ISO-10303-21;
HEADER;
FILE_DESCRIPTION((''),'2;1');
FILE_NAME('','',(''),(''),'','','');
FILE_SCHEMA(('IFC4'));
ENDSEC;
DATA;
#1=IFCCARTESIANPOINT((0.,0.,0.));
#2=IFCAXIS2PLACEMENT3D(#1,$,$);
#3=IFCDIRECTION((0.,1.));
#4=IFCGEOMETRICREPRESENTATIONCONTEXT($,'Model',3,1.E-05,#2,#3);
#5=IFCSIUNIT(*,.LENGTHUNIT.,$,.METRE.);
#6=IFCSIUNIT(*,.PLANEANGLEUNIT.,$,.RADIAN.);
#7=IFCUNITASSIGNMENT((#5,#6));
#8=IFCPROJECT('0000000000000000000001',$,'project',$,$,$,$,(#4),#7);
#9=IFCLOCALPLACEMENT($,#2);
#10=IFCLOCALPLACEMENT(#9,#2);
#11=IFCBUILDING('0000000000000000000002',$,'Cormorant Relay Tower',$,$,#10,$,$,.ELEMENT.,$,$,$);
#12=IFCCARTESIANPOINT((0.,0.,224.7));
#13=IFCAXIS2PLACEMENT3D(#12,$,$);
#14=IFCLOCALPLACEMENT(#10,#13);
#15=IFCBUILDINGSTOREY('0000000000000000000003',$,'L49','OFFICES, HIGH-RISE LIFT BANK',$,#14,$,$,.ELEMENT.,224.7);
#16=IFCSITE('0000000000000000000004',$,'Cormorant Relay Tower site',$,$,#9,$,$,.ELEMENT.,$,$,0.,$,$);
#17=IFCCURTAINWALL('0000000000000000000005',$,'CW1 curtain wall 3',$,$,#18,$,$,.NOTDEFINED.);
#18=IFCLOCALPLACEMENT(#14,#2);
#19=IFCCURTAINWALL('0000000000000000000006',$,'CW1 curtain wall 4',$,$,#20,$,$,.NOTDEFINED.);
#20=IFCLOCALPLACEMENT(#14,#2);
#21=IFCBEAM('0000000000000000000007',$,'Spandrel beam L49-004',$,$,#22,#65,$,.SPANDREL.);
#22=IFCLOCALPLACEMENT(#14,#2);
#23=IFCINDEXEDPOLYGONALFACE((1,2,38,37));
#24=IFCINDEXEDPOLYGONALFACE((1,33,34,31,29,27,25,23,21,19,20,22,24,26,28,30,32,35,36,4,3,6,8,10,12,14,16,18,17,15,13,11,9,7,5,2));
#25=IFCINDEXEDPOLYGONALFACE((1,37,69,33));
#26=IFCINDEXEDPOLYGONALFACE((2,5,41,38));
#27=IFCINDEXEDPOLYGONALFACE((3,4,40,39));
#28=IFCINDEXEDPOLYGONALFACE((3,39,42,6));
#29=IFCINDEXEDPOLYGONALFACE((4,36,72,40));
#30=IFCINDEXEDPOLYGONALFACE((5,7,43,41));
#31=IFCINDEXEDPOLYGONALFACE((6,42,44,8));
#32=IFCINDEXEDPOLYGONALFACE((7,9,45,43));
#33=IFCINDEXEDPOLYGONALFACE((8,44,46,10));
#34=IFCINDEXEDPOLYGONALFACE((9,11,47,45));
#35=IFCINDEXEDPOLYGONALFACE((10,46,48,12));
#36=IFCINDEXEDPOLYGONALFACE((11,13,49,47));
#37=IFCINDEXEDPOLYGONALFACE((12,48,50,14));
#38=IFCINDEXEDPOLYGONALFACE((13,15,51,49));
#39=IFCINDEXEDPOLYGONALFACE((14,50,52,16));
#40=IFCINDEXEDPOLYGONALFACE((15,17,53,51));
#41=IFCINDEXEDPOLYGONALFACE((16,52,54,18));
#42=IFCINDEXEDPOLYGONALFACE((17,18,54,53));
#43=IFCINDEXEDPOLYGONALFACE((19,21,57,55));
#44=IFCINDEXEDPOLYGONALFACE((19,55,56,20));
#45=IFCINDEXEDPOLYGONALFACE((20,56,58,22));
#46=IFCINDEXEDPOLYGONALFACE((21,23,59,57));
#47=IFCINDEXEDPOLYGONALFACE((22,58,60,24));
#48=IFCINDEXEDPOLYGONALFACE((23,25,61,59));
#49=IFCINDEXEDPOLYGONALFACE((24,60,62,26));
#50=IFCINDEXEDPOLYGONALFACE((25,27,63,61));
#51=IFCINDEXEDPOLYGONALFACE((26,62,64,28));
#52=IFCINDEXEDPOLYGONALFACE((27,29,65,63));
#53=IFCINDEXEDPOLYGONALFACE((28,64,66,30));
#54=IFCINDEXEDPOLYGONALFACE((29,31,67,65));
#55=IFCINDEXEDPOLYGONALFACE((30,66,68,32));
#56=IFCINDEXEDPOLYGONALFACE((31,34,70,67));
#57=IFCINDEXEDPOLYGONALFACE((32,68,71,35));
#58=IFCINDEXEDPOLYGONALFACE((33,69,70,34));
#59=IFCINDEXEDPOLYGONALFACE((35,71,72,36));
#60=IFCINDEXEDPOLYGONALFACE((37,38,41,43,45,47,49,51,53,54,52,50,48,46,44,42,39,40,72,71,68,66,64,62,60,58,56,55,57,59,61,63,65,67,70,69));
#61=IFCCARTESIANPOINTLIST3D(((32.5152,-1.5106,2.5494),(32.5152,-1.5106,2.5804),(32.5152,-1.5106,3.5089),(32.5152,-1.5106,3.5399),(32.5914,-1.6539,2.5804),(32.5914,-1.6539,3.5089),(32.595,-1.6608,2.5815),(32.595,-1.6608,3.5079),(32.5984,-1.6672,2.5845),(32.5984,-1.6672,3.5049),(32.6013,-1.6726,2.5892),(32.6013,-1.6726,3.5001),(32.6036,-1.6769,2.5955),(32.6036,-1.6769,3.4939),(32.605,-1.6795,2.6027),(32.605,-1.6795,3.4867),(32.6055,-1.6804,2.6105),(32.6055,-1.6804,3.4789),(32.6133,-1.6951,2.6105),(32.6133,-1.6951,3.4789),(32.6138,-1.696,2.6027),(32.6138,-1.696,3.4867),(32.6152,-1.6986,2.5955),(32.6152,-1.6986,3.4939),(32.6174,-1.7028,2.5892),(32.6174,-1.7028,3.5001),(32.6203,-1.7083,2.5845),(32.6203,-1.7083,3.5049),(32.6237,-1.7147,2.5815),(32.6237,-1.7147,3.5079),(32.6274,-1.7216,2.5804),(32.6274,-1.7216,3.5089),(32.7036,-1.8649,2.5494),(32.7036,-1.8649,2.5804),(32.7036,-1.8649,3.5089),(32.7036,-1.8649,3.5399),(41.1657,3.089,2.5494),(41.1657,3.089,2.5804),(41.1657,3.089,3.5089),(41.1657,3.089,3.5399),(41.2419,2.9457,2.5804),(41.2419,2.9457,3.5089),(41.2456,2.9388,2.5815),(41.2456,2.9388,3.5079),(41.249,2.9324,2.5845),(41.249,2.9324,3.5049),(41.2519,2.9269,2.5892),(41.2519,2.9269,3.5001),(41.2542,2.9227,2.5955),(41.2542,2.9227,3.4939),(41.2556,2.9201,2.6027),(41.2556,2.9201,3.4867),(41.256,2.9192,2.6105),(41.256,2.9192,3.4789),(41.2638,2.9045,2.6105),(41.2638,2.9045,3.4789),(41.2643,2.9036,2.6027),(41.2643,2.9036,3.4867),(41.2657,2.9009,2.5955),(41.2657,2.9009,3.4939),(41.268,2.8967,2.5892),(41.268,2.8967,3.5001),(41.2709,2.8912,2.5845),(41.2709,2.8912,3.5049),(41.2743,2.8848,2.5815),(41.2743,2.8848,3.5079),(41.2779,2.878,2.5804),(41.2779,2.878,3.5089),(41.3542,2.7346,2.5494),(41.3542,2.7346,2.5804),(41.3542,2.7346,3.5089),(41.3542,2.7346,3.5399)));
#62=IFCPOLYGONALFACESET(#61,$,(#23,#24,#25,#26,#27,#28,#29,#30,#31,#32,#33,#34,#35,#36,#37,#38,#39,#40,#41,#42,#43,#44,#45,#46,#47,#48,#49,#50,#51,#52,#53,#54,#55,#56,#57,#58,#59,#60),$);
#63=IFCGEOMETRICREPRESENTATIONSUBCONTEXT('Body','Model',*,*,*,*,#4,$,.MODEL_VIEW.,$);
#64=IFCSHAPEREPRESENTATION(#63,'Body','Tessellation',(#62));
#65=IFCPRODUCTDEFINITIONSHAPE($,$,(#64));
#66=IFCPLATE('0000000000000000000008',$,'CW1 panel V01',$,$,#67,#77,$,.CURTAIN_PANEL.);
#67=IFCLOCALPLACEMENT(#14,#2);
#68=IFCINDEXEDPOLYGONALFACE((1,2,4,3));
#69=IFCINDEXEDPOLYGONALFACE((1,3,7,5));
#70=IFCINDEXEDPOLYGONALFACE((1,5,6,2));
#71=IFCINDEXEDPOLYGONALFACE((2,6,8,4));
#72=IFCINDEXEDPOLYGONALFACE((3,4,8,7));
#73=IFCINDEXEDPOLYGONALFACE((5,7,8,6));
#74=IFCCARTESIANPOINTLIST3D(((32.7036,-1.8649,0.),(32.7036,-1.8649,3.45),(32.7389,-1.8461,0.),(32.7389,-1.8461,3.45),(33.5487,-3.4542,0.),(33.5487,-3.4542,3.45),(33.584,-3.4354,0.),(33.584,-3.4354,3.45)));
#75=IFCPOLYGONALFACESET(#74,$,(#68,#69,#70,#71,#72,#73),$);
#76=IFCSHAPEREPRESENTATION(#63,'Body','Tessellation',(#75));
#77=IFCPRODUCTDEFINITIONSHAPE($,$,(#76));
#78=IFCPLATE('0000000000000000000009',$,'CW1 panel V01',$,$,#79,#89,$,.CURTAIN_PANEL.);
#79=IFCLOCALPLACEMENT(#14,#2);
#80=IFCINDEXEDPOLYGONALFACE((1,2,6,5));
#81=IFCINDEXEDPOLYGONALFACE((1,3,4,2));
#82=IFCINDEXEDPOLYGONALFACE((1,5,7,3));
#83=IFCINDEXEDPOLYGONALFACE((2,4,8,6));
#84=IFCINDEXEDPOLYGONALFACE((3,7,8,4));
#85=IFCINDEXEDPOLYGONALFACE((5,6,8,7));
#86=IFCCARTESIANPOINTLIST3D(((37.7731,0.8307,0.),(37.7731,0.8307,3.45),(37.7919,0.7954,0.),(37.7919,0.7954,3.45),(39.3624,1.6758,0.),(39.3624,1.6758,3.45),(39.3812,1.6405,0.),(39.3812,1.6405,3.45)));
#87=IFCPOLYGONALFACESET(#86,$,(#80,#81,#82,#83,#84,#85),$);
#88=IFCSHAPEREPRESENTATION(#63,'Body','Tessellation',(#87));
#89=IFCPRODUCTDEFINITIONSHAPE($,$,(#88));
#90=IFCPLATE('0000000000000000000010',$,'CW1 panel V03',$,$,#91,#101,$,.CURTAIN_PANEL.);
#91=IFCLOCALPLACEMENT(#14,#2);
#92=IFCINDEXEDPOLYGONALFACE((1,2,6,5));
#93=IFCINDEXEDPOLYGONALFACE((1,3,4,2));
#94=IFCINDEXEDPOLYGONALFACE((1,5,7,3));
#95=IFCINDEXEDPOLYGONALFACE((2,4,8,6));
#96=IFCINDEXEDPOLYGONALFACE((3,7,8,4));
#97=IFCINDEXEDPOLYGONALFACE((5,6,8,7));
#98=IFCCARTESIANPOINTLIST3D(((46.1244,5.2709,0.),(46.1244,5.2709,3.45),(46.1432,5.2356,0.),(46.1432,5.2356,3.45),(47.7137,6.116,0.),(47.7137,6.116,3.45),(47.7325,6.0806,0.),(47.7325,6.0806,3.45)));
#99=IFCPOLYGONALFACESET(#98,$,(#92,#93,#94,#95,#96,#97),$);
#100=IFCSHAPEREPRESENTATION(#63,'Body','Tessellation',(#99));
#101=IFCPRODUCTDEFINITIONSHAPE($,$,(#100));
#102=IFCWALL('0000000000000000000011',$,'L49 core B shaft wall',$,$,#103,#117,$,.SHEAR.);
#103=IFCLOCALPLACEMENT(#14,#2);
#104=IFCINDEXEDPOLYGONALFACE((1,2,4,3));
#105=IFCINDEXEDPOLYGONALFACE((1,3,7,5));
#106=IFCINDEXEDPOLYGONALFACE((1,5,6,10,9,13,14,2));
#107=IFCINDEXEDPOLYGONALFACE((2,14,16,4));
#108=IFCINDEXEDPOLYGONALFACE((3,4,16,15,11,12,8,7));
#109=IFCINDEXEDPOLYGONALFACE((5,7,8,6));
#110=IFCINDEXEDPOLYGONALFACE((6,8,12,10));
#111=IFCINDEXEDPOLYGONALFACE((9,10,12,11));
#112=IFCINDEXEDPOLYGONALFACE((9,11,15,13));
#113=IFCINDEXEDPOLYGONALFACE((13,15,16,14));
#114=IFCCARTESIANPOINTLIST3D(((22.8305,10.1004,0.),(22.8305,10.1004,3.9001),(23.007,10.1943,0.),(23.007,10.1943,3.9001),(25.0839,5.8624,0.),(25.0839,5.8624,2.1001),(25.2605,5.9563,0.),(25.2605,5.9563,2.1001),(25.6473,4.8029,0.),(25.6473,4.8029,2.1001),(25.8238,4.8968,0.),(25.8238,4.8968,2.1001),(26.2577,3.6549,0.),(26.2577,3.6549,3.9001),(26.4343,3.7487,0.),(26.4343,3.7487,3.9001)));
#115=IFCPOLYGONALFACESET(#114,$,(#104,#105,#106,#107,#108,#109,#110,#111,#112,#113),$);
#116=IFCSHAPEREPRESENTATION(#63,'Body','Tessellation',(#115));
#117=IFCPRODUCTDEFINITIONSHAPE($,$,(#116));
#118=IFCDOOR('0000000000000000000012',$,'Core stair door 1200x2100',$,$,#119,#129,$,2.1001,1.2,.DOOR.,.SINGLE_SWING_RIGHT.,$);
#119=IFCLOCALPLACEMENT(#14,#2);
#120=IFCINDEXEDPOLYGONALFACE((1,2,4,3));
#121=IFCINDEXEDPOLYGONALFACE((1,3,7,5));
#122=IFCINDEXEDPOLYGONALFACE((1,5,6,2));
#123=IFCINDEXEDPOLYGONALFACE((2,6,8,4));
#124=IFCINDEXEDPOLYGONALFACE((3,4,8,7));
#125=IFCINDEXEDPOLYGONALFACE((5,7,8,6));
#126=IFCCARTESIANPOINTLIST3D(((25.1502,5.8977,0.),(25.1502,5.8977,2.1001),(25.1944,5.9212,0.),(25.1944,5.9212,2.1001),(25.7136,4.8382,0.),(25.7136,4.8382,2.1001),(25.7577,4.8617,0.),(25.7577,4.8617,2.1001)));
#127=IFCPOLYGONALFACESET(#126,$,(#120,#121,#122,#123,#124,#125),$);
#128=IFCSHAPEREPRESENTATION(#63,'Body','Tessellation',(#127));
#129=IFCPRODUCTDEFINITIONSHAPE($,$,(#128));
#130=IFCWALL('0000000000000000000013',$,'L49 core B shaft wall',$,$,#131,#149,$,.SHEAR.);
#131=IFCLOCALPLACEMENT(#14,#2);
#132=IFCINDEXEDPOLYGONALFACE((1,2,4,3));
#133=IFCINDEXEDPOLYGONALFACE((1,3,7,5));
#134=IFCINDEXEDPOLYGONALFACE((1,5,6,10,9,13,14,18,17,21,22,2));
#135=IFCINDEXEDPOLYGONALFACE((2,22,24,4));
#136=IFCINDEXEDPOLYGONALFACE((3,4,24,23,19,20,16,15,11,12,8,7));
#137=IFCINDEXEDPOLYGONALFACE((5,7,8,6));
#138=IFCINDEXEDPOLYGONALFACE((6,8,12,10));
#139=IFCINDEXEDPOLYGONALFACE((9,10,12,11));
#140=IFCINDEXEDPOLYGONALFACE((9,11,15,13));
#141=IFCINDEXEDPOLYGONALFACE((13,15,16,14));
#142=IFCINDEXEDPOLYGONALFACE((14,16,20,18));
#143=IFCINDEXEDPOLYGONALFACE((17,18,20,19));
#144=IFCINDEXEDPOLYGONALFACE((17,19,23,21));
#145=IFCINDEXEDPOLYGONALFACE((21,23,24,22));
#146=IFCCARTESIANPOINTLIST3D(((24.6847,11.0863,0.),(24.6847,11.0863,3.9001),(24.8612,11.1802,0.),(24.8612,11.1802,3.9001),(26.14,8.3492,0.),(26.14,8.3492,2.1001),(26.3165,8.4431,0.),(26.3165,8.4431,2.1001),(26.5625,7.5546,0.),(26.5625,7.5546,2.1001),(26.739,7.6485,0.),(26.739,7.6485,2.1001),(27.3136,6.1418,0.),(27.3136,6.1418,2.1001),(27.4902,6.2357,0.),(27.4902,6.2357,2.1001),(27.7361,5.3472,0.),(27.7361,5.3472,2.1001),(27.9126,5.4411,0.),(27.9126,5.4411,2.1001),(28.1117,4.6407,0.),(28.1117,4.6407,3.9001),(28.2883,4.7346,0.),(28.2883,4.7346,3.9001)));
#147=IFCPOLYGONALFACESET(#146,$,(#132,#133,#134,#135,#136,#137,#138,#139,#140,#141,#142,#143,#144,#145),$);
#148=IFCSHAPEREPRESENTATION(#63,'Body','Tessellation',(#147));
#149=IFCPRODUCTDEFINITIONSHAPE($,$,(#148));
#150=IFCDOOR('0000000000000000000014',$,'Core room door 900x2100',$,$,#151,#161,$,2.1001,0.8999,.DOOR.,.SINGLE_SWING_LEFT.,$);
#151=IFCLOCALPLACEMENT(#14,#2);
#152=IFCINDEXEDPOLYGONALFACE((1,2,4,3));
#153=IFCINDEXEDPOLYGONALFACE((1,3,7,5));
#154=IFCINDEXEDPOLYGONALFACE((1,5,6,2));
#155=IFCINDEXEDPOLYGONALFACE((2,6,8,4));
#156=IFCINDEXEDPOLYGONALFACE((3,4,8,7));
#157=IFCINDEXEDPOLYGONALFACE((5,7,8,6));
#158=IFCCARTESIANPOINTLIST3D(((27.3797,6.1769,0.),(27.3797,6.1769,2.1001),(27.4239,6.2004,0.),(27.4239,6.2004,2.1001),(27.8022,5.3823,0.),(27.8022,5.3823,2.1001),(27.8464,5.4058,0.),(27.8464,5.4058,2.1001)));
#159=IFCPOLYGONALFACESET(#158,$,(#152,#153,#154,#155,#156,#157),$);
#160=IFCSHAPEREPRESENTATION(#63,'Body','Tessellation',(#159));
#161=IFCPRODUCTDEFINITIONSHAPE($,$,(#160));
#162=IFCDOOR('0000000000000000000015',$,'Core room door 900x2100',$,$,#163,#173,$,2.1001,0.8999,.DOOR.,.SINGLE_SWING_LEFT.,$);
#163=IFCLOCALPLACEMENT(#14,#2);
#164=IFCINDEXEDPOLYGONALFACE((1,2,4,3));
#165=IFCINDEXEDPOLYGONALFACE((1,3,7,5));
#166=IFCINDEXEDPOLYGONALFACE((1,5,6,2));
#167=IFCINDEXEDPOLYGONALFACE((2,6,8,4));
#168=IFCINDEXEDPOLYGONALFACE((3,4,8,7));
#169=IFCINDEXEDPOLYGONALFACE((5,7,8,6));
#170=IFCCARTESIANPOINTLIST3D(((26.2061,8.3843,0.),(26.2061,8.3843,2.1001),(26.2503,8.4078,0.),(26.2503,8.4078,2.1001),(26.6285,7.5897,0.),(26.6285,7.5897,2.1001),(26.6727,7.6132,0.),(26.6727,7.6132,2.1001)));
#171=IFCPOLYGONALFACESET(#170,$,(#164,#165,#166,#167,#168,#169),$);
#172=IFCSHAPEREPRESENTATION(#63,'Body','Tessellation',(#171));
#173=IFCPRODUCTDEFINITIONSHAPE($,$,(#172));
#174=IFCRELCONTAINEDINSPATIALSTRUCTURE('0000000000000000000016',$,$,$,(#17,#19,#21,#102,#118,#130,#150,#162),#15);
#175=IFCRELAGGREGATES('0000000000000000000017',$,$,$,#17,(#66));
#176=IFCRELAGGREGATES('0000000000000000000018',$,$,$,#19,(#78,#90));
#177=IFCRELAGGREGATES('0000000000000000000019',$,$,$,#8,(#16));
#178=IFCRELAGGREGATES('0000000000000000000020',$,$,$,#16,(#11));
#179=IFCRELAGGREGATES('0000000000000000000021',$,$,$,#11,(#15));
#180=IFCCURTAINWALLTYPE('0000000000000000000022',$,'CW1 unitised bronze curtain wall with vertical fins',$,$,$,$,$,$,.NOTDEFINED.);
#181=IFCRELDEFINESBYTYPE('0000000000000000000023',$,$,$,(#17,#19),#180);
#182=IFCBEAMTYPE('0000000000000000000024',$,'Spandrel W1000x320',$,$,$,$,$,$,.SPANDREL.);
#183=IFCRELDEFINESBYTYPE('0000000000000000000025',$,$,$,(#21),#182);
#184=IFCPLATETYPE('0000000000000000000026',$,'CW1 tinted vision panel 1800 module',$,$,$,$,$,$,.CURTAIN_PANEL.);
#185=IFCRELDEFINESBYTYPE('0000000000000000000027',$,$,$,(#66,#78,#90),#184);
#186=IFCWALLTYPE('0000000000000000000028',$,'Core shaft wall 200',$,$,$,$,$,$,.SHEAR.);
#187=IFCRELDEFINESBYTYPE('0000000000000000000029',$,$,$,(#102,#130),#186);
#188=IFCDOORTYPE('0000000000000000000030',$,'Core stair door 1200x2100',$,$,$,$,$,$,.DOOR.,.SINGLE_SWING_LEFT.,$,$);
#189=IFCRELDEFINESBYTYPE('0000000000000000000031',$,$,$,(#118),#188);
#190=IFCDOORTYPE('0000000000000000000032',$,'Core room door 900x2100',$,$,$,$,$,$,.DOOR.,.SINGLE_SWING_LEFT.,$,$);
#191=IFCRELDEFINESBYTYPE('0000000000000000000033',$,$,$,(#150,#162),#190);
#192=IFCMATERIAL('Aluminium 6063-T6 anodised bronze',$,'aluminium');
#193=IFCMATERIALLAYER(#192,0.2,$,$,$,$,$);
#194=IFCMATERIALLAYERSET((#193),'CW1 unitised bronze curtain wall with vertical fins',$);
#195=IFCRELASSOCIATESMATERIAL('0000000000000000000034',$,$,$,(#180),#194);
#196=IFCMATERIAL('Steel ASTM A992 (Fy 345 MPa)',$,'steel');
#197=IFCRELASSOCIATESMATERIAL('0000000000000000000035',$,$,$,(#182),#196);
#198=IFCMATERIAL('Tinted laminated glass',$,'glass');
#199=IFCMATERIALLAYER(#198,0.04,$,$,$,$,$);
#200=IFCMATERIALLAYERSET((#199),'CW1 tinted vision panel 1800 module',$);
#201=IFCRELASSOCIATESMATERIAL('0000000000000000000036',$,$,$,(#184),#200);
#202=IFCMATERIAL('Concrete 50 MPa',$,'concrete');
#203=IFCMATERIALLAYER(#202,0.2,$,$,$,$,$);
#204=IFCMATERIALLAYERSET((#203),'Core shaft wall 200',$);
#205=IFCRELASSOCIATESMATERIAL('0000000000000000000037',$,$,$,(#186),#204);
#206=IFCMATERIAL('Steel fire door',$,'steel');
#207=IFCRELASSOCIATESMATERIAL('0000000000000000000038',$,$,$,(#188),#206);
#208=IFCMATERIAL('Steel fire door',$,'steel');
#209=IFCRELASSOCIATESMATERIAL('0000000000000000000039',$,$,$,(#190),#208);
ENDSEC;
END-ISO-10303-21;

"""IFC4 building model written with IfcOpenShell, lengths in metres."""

from ifc_helpers import new_model, si_unit, direction, frame, frame_2d, origin, origin_2d, place, context, subcontext, project, spatial, rectangle, i_section, extrude, material, layer, layer_set, material_profile, profile_set, type_object, element, fill, aggregate, save


model = new_model("IFC4")

# Units and contexts
model_context = context("Model", 3, precision=1e-05, world=origin(), true_north=direction((0.0, 1.0)))
body_context = subcontext(model_context, "Body", "Model", "MODEL_VIEW")
ifc_project = project(units=[si_unit("LENGTHUNIT", "METRE"), si_unit("PLANEANGLEUNIT", "RADIAN")], contexts=[model_context])

# Site, building, storey
site_placement = place(None, origin())
site = spatial("IfcSite", under=ifc_project, at=site_placement, Name="Cormorant Relay Tower site", CompositionType="ELEMENT", RefElevation=0.0)
building_placement = place(site_placement, origin())
building = spatial("IfcBuilding", under=site, at=building_placement, Name="Cormorant Relay Tower", CompositionType="ELEMENT")
storey_placement = place(building_placement, frame((0.0, 0.0, 224.7)))
storey = spatial("IfcBuildingStorey", under=building, at=storey_placement, Name="L49", Description="OFFICES, HIGH-RISE LIFT BANK", CompositionType="ELEMENT", Elevation=224.7)

# Curtain wall
ifc_material_1 = material(Name="Aluminium 6063-T6 anodised bronze", Category="aluminium")
ifc_layer_1 = layer(ifc_material_1, 0.2)
ifc_layer_set_1 = layer_set([ifc_layer_1], Name="CW1 unitised bronze curtain wall with vertical fins")
curtain_wall_type = type_object("IfcCurtainWallType", Name="CW1 unitised bronze curtain wall with vertical fins", PredefinedType="NOTDEFINED", material=ifc_layer_set_1)
curtain_wall_1_placement = place(storey_placement, origin())
curtain_wall_1 = element("IfcCurtainWall", 1, at=curtain_wall_1_placement, inside=storey, type_object=curtain_wall_type, Name="CW1 curtain wall 3", PredefinedType="NOTDEFINED")

# Curtain wall
curtain_wall_2_placement = place(storey_placement, origin())
curtain_wall_2 = element("IfcCurtainWall", 2, at=curtain_wall_2_placement, inside=storey, type_object=curtain_wall_type, Name="CW1 curtain wall 4", PredefinedType="NOTDEFINED")

# Beam
ifc_material_2 = material(Name="Steel ASTM A992 (Fy 345 MPa)", Category="steel")
ifc_material_profile_1 = material_profile(ifc_material_2, i_section(OverallWidth=0.4014, OverallDepth=0.9905, WebThickness=0.0166, FlangeThickness=0.031, FilletRadius=0.03, at=origin_2d()), Name="W1000x320")
ifc_profile_set_1 = profile_set([ifc_material_profile_1], Name="Steel ASTM A992 (Fy 345 MPa)")
beam_type = type_object("IfcBeamType", Name="Spandrel W1000x320", PredefinedType="SPANDREL", material=ifc_profile_set_1)
beam_1_placement = place(storey_placement, frame((32.6094, -1.6877, 3.0447), z_axis=(0.882948, 0.46947, 0.0), x_axis=(-0.46947, 0.882948, 0.0)))
element("IfcBeam", 3, at=beam_1_placement, inside=storey, type_object=beam_type, Name="Spandrel beam L49-004", PredefinedType="SPANDREL", context=body_context, shape_type="SweptSolid", body=[
    extrude(i_section(OverallWidth=0.4014, OverallDepth=0.9905, WebThickness=0.0166, FlangeThickness=0.031, FilletRadius=0.03, at=origin_2d()), origin(), (0.0, 0.0, 1.0), 9.7974),
])

# Plates
ifc_material_3 = material(Name="Tinted laminated glass", Category="glass")
ifc_layer_2 = layer(ifc_material_3, 0.04)
ifc_layer_set_2 = layer_set([ifc_layer_2], Name="CW1 tinted vision panel 1800 module")
plate_type = type_object("IfcPlateType", Name="CW1 tinted vision panel 1800 module", PredefinedType="CURTAIN_PANEL", material=ifc_layer_set_2)
plate_1_placement = place(storey_placement, frame((33.1438, -2.6501, 0.0), z_axis=(0.0, 0.0, 1.0), x_axis=(-0.469472, 0.882948, 0.0)))
plate_1 = element("IfcPlate", 4, at=plate_1_placement, type_object=plate_type, Name="CW1 panel V01", PredefinedType="CURTAIN_PANEL", context=body_context, shape_type="SweptSolid", body=[
    extrude(rectangle(XDim=1.8, YDim=0.04, at=origin_2d()), origin(), (0.0, 0.0, 1.0), 3.45),
])
plate_2_placement = place(storey_placement, frame((38.5771, 1.2356, 0.0), z_axis=(0.0, 0.0, 1.0), x_axis=(0.882948, 0.469472, 0.0)))
plate_2 = element("IfcPlate", 5, at=plate_2_placement, type_object=plate_type, Name="CW1 panel V01", PredefinedType="CURTAIN_PANEL", context=body_context, shape_type="SweptSolid", body=[
    extrude(rectangle(XDim=1.8, YDim=0.04, at=origin_2d()), origin(), (0.0, 0.0, 1.0), 3.45),
])
plate_3_placement = place(storey_placement, frame((46.9285, 5.6758, 0.0), z_axis=(0.0, 0.0, 1.0), x_axis=(0.882948, 0.469472, 0.0)))
plate_3 = element("IfcPlate", 6, at=plate_3_placement, type_object=plate_type, Name="CW1 panel V03", PredefinedType="CURTAIN_PANEL", context=body_context, shape_type="SweptSolid", body=[
    extrude(rectangle(XDim=1.8, YDim=0.04, at=origin_2d()), origin(), (0.0, 0.0, 1.0), 3.45),
])

# Wall, opening, door
ifc_material_4 = material(Name="Concrete 50 MPa", Category="concrete")
ifc_layer_3 = layer(ifc_material_4, 0.2)
ifc_layer_set_3 = layer_set([ifc_layer_3], Name="Core shaft wall 200")
wall_type_1 = type_object("IfcWallType", Name="Core shaft wall 200", PredefinedType="SHEAR", material=ifc_layer_set_3)
wall_1_placement = place(storey_placement, frame((26.3459, 3.7019, 0.0), z_axis=(0.0, 0.0, 1.0), x_axis=(-0.46948, 0.882943, 0.0)))
wall_1 = element("IfcWall", 7, at=wall_1_placement, inside=storey, type_object=wall_type_1, Name="L49 core B shaft wall", PredefinedType="SHEAR", context=body_context, shape_type="SweptSolid", body=[
    extrude(rectangle(XDim=7.3, YDim=0.2, at=frame_2d((3.6499, 0.0))), origin(), (0.0, 0.0, 1.0), 3.9001),
])
opening_1_placement = place(wall_1_placement, frame((1.3, 0.0, 0.0)))
opening_1 = element("IfcOpeningElement", 8, at=opening_1_placement, cuts=wall_1, PredefinedType="OPENING", context=body_context, shape_type="SweptSolid", body=[
    extrude(rectangle(XDim=1.2, YDim=2.1001, at=frame_2d((0.6001, 1.05))), frame((0.0, 0.1099, 0.0), z_axis=(0.0, -1.0, 0.0), x_axis=(1.0, 0.0, 0.0)), (0.0, 0.0, 1.0), 0.22),
])
ifc_material_5 = material(Name="Steel fire door", Category="steel")
door_type_1 = type_object("IfcDoorType", Name="Core stair door 1200x2100", OperationType="SINGLE_SWING_LEFT", PredefinedType="DOOR", material=ifc_material_5)
door_1_placement = place(opening_1_placement, origin())
door_1 = element("IfcDoor", 9, at=door_1_placement, inside=storey, type_object=door_type_1, Name="Core stair door 1200x2100", OperationType="SINGLE_SWING_RIGHT", OverallHeight=2.1001, OverallWidth=1.2, PredefinedType="DOOR", context=body_context, shape_type="SweptSolid", body=[
    extrude(rectangle(XDim=1.2, YDim=2.1001, at=frame_2d((0.6001, 1.05))), frame((0.0, 0.0249, 0.0), z_axis=(0.0, -1.0, 0.0), x_axis=(1.0, 0.0, 0.0)), (0.0, 0.0, 1.0), 0.05),
])
fill(opening_1, door_1)

# Wall, openings, doors
wall_2_placement = place(storey_placement, frame((28.2, 4.6877, 0.0), z_axis=(0.0, 0.0, 1.0), x_axis=(-0.469454, 0.882957, 0.0)))
wall_2 = element("IfcWall", 10, at=wall_2_placement, inside=storey, type_object=wall_type_1, Name="L49 core B shaft wall", PredefinedType="SHEAR", context=body_context, shape_type="SweptSolid", body=[
    extrude(rectangle(XDim=7.3, YDim=0.2, at=frame_2d((3.6499, 0.0))), origin(), (0.0, 0.0, 1.0), 3.9001),
])
opening_2_placement = place(wall_2_placement, frame((0.8, 0.0, 0.0)))
opening_2 = element("IfcOpeningElement", 11, at=opening_2_placement, cuts=wall_2, PredefinedType="OPENING", context=body_context, shape_type="SweptSolid", body=[
    extrude(rectangle(XDim=0.8999, YDim=2.1001, at=frame_2d((0.45, 1.05))), frame((0.0, 0.1099, 0.0), z_axis=(0.0, -1.0, 0.0), x_axis=(1.0, 0.0, 0.0)), (0.0, 0.0, 1.0), 0.22),
])
opening_3_placement = place(wall_2_placement, frame((3.3, 0.0, 0.0)))
opening_3 = element("IfcOpeningElement", 12, at=opening_3_placement, cuts=wall_2, PredefinedType="OPENING", context=body_context, shape_type="SweptSolid", body=[
    extrude(rectangle(XDim=0.8999, YDim=2.1001, at=frame_2d((0.45, 1.05))), frame((0.0, 0.1099, 0.0), z_axis=(0.0, -1.0, 0.0), x_axis=(1.0, 0.0, 0.0)), (0.0, 0.0, 1.0), 0.22),
])
ifc_material_6 = material(Name="Steel fire door", Category="steel")
door_type_2 = type_object("IfcDoorType", Name="Core room door 900x2100", OperationType="SINGLE_SWING_LEFT", PredefinedType="DOOR", material=ifc_material_6)
door_2_placement = place(opening_2_placement, frame((0.8999, 0.0, 0.0), z_axis=(0.0, 0.0, 1.0), x_axis=(-1.0, 0.0, 0.0)))
door_2 = element("IfcDoor", 13, at=door_2_placement, inside=storey, type_object=door_type_2, Name="Core room door 900x2100", OperationType="SINGLE_SWING_LEFT", OverallHeight=2.1001, OverallWidth=0.8999, PredefinedType="DOOR", context=body_context, shape_type="SweptSolid", body=[
    extrude(rectangle(XDim=0.8999, YDim=2.1001, at=frame_2d((0.45, 1.05))), frame((0.0, 0.0249, 0.0), z_axis=(0.0, -1.0, 0.0), x_axis=(1.0, 0.0, 0.0)), (0.0, 0.0, 1.0), 0.05),
])
fill(opening_2, door_2)
door_3_placement = place(opening_3_placement, frame((0.8999, 0.0, 0.0), z_axis=(0.0, 0.0, 1.0), x_axis=(-1.0, 0.0, 0.0)))
door_3 = element("IfcDoor", 14, at=door_3_placement, inside=storey, type_object=door_type_2, Name="Core room door 900x2100", OperationType="SINGLE_SWING_LEFT", OverallHeight=2.1001, OverallWidth=0.8999, PredefinedType="DOOR", context=body_context, shape_type="SweptSolid", body=[
    extrude(rectangle(XDim=0.8999, YDim=2.1001, at=frame_2d((0.45, 1.05))), frame((0.0, 0.0249, 0.0), z_axis=(0.0, -1.0, 0.0), x_axis=(1.0, 0.0, 0.0)), (0.0, 0.0, 1.0), 0.05),
])
fill(opening_3, door_3)

aggregate(curtain_wall_1, [plate_1])
aggregate(curtain_wall_2, [plate_2, plate_3])

save(model, "model.ifc")
